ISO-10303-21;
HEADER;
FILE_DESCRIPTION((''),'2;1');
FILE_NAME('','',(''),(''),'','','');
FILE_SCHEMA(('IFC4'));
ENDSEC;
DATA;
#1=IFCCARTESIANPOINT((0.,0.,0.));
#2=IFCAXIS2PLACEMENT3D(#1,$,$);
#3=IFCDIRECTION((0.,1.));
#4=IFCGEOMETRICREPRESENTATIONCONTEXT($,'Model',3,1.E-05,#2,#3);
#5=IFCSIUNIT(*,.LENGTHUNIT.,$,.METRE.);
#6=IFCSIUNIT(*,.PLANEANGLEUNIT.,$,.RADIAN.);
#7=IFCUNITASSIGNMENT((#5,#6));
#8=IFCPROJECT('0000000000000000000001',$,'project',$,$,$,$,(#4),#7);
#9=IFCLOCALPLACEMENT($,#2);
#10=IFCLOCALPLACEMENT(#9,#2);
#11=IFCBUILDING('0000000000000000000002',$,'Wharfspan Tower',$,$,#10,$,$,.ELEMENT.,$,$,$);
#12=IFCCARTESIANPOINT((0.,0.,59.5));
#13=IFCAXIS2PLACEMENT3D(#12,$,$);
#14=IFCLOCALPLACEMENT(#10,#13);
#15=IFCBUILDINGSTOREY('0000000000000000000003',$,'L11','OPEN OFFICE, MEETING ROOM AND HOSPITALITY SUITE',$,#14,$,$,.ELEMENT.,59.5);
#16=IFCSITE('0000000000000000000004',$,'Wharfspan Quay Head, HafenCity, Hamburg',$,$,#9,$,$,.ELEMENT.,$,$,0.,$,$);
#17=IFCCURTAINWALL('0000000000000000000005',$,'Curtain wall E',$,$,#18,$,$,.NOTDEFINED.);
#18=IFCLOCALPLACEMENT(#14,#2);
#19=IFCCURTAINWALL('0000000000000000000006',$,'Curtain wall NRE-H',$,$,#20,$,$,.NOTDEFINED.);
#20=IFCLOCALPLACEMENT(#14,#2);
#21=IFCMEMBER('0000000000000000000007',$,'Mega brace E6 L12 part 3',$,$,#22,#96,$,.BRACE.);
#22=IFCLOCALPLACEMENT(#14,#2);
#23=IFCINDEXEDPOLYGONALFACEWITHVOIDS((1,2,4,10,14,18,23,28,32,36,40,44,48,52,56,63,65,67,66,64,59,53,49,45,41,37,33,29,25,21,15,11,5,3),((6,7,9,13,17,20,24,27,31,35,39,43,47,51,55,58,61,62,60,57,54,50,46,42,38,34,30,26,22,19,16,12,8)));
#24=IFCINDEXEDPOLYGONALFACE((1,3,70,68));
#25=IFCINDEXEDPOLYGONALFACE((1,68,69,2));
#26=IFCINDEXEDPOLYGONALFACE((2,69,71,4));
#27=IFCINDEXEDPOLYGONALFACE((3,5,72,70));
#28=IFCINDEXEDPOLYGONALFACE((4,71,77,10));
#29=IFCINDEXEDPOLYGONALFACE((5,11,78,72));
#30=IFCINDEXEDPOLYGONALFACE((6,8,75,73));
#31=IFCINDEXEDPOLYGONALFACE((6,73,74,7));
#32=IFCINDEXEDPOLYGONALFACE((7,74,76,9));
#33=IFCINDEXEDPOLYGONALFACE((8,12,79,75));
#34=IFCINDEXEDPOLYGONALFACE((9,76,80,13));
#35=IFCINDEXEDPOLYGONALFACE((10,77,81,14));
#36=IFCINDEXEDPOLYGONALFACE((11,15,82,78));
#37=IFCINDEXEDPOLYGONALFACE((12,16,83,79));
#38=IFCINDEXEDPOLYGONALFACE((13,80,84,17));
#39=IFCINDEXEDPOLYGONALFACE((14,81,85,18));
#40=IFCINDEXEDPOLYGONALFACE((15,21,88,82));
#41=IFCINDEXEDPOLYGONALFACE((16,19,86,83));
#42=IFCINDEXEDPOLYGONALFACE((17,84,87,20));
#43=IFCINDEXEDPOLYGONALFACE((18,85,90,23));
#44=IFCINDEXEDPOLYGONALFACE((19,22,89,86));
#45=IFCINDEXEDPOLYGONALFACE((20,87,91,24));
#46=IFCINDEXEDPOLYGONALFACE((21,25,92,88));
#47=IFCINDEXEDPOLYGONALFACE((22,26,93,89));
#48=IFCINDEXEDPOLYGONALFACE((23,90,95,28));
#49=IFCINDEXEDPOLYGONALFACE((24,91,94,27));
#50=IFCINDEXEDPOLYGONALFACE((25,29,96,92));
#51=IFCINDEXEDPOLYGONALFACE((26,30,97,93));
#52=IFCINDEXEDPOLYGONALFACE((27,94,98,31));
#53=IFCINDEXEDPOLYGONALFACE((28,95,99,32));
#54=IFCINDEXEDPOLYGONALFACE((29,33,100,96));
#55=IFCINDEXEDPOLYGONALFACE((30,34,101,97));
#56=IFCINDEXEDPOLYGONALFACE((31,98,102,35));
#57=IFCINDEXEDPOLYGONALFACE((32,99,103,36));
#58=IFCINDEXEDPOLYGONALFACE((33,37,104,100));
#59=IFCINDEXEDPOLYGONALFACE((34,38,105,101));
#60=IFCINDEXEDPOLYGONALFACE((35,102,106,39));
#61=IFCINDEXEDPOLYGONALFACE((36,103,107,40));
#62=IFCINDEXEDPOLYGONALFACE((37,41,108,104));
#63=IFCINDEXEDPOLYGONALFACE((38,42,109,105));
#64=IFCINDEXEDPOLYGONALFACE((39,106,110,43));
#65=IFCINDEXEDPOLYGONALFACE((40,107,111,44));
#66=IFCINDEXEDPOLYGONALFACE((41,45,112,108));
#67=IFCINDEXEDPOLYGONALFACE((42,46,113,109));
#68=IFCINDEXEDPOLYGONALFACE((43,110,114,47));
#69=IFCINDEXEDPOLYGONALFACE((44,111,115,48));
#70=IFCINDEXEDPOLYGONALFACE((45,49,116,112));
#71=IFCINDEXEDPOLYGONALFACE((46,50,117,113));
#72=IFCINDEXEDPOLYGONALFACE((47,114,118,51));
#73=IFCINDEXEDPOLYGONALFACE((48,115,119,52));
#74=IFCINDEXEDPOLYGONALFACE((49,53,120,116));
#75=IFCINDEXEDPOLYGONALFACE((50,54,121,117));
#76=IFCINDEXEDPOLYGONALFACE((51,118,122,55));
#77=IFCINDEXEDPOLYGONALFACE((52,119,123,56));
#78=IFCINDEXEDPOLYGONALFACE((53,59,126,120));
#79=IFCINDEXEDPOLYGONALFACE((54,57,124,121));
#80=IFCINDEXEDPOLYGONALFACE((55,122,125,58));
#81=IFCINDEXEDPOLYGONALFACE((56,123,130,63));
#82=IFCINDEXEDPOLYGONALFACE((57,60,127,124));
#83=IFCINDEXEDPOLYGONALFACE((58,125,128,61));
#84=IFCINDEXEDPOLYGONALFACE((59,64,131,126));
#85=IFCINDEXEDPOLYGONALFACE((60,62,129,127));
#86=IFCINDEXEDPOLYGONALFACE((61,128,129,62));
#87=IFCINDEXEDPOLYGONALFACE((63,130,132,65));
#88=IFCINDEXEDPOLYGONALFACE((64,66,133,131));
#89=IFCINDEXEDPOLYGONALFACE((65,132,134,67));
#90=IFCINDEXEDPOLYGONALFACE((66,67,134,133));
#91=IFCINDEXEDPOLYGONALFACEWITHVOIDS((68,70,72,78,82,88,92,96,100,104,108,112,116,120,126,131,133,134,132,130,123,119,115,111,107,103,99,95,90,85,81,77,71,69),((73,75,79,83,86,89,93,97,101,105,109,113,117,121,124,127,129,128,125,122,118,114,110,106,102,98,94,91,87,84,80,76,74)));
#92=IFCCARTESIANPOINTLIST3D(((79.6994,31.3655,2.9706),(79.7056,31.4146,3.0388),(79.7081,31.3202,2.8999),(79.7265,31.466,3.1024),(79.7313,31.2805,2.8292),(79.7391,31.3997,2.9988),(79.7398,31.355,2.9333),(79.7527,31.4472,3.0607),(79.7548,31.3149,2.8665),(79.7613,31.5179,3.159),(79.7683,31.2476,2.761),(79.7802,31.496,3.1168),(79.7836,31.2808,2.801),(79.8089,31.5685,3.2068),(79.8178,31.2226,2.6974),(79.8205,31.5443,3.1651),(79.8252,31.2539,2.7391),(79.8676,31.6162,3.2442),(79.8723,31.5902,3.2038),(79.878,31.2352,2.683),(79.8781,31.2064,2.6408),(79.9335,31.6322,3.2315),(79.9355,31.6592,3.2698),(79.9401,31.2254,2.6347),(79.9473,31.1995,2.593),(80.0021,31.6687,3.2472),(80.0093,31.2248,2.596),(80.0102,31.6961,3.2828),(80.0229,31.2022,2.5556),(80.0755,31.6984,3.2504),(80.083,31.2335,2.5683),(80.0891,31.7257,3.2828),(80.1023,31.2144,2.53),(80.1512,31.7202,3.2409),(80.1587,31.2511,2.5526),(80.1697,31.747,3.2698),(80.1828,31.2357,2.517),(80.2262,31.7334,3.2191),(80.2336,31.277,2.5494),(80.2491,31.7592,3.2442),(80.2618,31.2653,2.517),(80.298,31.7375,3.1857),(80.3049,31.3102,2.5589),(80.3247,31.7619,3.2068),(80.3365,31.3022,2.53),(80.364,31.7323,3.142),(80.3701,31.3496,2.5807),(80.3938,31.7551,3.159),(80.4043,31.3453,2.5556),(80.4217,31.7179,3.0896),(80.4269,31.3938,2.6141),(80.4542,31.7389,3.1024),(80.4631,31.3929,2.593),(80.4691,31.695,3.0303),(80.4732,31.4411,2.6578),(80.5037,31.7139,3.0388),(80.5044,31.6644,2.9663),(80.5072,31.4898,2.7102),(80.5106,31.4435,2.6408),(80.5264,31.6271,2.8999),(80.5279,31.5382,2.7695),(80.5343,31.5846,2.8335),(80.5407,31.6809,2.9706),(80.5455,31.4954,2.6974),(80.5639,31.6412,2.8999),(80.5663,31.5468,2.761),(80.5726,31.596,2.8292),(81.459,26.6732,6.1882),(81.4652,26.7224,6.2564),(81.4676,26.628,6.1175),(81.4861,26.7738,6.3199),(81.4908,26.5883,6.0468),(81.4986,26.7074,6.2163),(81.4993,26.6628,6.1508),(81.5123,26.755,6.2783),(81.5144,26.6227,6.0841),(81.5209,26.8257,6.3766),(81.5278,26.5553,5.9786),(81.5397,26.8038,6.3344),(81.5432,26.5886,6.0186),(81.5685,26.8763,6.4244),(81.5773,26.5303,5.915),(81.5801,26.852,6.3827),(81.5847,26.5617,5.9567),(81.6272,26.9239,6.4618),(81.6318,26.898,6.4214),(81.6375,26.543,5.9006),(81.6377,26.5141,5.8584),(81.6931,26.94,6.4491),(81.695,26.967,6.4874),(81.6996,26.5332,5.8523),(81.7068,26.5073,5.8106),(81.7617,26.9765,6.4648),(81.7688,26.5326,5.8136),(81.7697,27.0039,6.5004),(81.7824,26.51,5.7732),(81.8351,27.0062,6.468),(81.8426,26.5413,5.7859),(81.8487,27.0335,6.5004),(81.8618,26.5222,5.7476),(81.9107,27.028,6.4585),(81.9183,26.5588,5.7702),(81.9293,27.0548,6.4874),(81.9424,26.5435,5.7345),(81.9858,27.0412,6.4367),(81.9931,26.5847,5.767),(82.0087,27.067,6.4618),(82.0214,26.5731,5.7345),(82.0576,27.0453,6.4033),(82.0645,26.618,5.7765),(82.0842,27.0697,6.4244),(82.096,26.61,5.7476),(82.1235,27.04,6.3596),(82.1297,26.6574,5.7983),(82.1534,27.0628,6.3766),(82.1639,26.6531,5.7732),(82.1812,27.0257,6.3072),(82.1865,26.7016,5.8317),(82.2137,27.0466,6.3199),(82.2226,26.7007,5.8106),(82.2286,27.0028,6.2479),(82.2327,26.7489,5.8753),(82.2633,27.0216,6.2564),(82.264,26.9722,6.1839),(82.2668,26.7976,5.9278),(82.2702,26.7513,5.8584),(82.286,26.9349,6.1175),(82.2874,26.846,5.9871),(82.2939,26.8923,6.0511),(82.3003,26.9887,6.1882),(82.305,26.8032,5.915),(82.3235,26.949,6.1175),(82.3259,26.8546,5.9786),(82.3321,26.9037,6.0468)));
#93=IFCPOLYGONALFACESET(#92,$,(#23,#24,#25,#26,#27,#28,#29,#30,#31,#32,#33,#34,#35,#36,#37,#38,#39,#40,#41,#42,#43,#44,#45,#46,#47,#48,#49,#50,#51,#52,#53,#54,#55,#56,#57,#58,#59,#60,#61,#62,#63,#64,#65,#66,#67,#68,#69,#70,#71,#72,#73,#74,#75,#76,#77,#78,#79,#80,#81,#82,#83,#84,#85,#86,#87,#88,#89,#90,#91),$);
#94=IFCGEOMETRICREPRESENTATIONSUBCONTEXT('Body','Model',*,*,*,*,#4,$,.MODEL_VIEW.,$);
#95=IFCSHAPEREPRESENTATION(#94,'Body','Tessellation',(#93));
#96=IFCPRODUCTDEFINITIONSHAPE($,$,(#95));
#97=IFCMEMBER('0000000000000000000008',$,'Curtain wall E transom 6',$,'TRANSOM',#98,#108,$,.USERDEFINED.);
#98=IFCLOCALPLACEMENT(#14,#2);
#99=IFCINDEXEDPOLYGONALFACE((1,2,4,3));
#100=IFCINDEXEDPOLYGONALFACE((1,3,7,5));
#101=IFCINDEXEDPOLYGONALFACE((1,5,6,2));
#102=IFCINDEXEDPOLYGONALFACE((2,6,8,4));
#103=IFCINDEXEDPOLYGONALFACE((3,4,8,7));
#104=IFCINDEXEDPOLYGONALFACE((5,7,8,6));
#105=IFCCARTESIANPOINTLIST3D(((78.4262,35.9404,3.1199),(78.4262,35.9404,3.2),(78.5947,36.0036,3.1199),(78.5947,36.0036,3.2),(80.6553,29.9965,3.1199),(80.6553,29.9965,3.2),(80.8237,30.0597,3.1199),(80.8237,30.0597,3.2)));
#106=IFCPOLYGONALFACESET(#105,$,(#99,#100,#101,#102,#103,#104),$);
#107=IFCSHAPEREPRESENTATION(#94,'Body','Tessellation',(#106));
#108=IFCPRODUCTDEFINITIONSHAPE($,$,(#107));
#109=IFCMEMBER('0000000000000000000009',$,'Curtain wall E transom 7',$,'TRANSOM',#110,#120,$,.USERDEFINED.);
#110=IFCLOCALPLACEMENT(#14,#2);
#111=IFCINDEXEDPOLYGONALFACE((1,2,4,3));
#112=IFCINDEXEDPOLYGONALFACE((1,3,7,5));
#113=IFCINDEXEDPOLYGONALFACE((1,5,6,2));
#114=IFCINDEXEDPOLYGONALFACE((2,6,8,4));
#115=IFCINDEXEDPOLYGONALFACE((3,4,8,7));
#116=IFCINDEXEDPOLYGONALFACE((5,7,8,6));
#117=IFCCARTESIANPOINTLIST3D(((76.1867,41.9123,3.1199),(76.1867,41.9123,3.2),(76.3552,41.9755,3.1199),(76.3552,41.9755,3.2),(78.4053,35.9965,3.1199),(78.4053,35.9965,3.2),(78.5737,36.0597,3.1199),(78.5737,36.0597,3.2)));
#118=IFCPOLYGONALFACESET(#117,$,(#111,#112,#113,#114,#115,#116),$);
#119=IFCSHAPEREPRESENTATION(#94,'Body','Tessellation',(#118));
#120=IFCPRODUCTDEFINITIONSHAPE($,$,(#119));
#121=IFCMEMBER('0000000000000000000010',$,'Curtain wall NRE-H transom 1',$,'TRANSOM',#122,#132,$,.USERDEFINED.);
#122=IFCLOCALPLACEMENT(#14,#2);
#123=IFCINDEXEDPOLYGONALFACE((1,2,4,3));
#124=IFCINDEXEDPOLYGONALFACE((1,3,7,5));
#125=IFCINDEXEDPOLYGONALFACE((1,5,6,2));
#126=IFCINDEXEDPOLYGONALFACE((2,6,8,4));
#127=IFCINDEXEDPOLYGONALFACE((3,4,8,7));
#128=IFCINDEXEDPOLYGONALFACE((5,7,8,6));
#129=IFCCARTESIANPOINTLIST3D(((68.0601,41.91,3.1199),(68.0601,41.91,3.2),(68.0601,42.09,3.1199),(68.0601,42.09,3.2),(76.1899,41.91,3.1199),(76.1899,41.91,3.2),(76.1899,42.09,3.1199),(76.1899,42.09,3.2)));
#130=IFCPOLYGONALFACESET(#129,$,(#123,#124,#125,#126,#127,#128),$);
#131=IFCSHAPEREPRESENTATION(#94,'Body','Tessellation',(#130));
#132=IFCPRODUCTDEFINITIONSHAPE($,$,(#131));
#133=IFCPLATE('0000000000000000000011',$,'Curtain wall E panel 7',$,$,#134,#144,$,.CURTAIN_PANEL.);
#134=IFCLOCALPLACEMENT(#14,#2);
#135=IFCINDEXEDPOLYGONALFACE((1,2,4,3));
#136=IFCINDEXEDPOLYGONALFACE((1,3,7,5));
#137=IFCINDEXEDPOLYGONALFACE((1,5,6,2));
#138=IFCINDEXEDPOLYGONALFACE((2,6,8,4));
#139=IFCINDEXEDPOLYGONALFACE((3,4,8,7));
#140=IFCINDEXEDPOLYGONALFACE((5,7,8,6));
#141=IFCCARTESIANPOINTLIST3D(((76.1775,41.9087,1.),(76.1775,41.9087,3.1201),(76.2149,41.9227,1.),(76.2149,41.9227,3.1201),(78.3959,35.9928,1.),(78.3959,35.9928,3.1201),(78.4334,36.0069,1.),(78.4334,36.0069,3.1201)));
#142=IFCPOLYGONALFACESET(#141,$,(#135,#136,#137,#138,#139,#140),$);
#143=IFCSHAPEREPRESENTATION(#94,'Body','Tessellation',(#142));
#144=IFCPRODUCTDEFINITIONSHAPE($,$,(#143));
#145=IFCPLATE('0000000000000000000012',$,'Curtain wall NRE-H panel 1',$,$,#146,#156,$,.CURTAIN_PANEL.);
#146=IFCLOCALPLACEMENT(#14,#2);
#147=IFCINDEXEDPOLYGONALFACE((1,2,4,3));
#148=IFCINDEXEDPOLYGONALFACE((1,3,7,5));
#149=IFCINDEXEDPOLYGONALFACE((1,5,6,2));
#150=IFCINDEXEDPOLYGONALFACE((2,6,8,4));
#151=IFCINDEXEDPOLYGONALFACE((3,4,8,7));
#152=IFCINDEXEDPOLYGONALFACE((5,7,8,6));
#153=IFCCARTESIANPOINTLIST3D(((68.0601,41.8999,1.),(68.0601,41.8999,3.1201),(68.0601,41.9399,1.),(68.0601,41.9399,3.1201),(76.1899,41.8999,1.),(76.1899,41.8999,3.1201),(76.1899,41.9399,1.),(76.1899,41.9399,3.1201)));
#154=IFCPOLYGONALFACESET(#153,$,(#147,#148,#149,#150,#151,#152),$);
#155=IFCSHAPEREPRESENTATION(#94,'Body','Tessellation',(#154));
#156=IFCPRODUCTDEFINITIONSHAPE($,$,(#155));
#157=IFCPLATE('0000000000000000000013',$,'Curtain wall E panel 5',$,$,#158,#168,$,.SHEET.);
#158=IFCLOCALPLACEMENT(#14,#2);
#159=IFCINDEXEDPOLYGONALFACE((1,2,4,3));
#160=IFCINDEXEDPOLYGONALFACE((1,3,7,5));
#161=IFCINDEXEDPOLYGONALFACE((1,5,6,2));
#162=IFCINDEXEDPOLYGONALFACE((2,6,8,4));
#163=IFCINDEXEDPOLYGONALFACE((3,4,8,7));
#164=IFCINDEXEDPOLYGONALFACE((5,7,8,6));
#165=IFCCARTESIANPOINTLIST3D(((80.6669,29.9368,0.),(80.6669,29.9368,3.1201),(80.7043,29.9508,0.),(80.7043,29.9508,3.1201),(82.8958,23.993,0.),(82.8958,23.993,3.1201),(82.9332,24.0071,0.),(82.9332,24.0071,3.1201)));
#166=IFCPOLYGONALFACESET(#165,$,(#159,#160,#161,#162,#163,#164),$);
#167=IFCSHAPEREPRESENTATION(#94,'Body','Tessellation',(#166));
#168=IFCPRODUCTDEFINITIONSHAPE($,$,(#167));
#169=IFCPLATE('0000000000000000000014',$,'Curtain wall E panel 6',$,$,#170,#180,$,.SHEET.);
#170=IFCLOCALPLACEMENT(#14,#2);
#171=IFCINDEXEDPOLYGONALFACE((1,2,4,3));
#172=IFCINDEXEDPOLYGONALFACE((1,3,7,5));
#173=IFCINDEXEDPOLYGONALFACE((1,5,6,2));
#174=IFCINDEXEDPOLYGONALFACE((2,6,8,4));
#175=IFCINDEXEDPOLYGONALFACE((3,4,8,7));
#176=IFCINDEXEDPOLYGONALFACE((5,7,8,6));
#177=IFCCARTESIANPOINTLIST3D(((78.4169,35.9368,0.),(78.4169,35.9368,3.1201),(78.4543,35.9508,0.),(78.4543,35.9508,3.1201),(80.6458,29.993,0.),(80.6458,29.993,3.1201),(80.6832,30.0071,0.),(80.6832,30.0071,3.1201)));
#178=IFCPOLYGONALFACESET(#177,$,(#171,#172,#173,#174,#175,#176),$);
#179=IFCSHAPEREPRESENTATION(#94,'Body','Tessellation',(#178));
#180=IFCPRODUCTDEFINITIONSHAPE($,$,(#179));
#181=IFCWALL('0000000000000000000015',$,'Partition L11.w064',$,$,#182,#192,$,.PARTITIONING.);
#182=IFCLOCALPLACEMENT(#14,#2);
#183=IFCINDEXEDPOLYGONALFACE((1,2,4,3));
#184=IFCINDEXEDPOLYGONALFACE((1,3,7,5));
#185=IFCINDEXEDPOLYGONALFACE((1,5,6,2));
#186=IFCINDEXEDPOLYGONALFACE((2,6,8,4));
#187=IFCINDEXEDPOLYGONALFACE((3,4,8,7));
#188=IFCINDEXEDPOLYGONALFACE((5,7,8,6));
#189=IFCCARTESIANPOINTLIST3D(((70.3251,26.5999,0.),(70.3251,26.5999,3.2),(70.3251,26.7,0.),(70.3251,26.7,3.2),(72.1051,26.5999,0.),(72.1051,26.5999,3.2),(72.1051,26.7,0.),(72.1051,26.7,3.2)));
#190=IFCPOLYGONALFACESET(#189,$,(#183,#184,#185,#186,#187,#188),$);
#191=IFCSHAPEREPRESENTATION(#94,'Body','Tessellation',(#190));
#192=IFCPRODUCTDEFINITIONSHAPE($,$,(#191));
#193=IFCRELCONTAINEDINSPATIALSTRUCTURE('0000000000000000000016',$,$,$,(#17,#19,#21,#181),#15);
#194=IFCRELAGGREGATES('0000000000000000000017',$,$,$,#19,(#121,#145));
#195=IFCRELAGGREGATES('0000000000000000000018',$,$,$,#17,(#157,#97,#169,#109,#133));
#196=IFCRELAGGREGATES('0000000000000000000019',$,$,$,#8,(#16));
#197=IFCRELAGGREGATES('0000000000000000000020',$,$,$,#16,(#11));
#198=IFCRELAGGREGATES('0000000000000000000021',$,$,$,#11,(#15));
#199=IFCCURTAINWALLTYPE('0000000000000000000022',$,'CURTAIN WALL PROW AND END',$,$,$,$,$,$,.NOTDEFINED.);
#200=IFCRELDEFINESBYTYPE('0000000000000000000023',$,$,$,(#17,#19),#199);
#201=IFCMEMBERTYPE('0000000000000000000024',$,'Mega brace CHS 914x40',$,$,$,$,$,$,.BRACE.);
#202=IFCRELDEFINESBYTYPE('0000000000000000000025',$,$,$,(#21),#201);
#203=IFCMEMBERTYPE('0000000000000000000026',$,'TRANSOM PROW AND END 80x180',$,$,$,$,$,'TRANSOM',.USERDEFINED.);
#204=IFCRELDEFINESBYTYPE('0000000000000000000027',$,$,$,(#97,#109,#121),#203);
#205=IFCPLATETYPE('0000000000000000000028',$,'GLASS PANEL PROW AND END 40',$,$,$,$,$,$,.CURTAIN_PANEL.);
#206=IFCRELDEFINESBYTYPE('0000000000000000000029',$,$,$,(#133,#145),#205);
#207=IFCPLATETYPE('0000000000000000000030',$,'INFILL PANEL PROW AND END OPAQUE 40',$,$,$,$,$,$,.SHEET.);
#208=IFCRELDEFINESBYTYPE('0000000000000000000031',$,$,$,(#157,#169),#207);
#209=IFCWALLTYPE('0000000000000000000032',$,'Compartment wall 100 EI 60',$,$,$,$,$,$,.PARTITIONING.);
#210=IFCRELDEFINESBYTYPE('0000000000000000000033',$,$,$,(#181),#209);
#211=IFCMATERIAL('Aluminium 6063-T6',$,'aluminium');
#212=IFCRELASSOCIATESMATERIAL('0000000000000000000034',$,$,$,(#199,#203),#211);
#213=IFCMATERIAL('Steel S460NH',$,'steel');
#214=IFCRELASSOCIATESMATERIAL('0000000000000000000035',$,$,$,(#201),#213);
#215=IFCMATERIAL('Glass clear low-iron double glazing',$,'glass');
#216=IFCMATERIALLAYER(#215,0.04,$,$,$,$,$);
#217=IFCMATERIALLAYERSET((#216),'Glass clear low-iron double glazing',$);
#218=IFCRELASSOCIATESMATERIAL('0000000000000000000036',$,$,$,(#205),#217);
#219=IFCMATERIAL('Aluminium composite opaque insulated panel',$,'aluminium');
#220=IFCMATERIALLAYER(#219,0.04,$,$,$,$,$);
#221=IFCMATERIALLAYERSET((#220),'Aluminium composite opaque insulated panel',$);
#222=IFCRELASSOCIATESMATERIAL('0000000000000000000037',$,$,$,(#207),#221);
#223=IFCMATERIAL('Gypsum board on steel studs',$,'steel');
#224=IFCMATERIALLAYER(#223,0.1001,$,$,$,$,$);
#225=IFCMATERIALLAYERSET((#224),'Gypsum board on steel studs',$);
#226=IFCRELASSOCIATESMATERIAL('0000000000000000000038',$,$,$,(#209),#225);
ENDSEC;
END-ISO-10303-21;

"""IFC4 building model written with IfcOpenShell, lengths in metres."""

from ifc_helpers import new_model, si_unit, direction, frame, frame_2d, origin, origin_2d, place, context, subcontext, project, spatial, rectangle, hollow_circle, extrude, material, layer, layer_set, material_profile, profile_set, type_object, element, aggregate, save


model = new_model("IFC4")

# Units and contexts
model_context = context("Model", 3, precision=1e-05, world=origin(), true_north=direction((0.0, 1.0)))
body_context = subcontext(model_context, "Body", "Model", "MODEL_VIEW")
ifc_project = project(units=[si_unit("LENGTHUNIT", "METRE"), si_unit("PLANEANGLEUNIT", "RADIAN")], contexts=[model_context])

# Site, building, storey
site_placement = place(None, origin())
site = spatial("IfcSite", under=ifc_project, at=site_placement, Name="Wharfspan Quay Head, HafenCity, Hamburg", CompositionType="ELEMENT", RefElevation=0.0)
building_placement = place(site_placement, origin())
building = spatial("IfcBuilding", under=site, at=building_placement, Name="Wharfspan Tower", CompositionType="ELEMENT")
storey_placement = place(building_placement, frame((0.0, 0.0, 59.5)))
storey = spatial("IfcBuildingStorey", under=building, at=storey_placement, Name="L11", Description="OPEN OFFICE, MEETING ROOM AND HOSPITALITY SUITE", CompositionType="ELEMENT", Elevation=59.5)

# Curtain wall
ifc_material_1 = material(Name="Aluminium 6063-T6", Category="aluminium")
curtain_wall_type = type_object("IfcCurtainWallType", Name="CURTAIN WALL PROW AND END", PredefinedType="NOTDEFINED", material=ifc_material_1)
curtain_wall_1_placement = place(storey_placement, origin())
curtain_wall_1 = element("IfcCurtainWall", 1, at=curtain_wall_1_placement, inside=storey, type_object=curtain_wall_type, Name="Curtain wall E", PredefinedType="NOTDEFINED")

# Curtain wall
curtain_wall_2_placement = place(storey_placement, origin())
curtain_wall_2 = element("IfcCurtainWall", 2, at=curtain_wall_2_placement, inside=storey, type_object=curtain_wall_type, Name="Curtain wall NRE-H", PredefinedType="NOTDEFINED")

# Members
ifc_material_2 = material(Name="Steel S460NH", Category="steel")
ifc_material_profile_1 = material_profile(ifc_material_2, hollow_circle(Radius=0.457, WallThickness=0.04, at=origin_2d()))
ifc_profile_set_1 = profile_set([ifc_material_profile_1], Name="Steel S460NH")
member_type_1 = type_object("IfcMemberType", Name="Mega brace CHS 914x40", PredefinedType="BRACE", material=ifc_profile_set_1)
member_1_placement = place(storey_placement, frame((80.136, 31.4807, 2.8999), z_axis=(0.295459, -0.787904, 0.540288), x_axis=(0.936328, 0.351115, -0.000003)))
element("IfcMember", 3, at=member_1_placement, inside=storey, type_object=member_type_1, Name="Mega brace E6 L12 part 3", PredefinedType="BRACE", context=body_context, shape_type="SweptSolid", body=[
    extrude(hollow_circle(Radius=0.457, WallThickness=0.04, at=origin_2d()), origin(), (0.0, 0.0, 1.0), 5.9553),
])
ifc_material_profile_2 = material_profile(ifc_material_1, rectangle(XDim=0.1799, YDim=0.0801, at=origin_2d()))
ifc_profile_set_2 = profile_set([ifc_material_profile_2], Name="Aluminium 6063-T6")
member_type_2 = type_object("IfcMemberType", Name="TRANSOM PROW AND END 80x180", ElementType="TRANSOM", PredefinedType="USERDEFINED", material=ifc_profile_set_2)
member_2_placement = place(storey_placement, frame((80.7395, 30.0281, 3.1599), z_axis=(-0.351132, 0.936326, 0.0), x_axis=(-0.936326, -0.351132, 0.0)))
member_2 = element("IfcMember", 4, at=member_2_placement, type_object=member_type_2, Name="Curtain wall E transom 6", ObjectType="TRANSOM", PredefinedType="USERDEFINED", context=body_context, shape_type="SweptSolid", body=[
    extrude(rectangle(XDim=0.1799, YDim=0.0801, at=origin_2d()), origin(), (0.0, 0.0, 1.0), 6.3481),
])
member_3_placement = place(storey_placement, frame((78.4895, 36.0281, 3.1599), z_axis=(-0.351136, 0.936324, 0.0), x_axis=(-0.936324, -0.351136, 0.0)))
member_3 = element("IfcMember", 5, at=member_3_placement, type_object=member_type_2, Name="Curtain wall E transom 7", ObjectType="TRANSOM", PredefinedType="USERDEFINED", context=body_context, shape_type="SweptSolid", body=[
    extrude(rectangle(XDim=0.1799, YDim=0.0801, at=origin_2d()), origin(), (0.0, 0.0, 1.0), 6.3181),
])
member_4_placement = place(storey_placement, frame((76.1899, 42.0, 3.1599), z_axis=(-1.0, 0.0, 0.0), x_axis=(0.0, -1.0, 0.0)))
member_4 = element("IfcMember", 6, at=member_4_placement, type_object=member_type_2, Name="Curtain wall NRE-H transom 1", ObjectType="TRANSOM", PredefinedType="USERDEFINED", context=body_context, shape_type="SweptSolid", body=[
    extrude(rectangle(XDim=0.1799, YDim=0.0801, at=origin_2d()), origin(), (0.0, 0.0, 1.0), 8.1299),
])

# Plates
ifc_material_3 = material(Name="Glass clear low-iron double glazing", Category="glass")
ifc_layer_1 = layer(ifc_material_3, 0.04)
ifc_layer_set_1 = layer_set([ifc_layer_1], Name="Glass clear low-iron double glazing")
plate_type_1 = type_object("IfcPlateType", Name="GLASS PANEL PROW AND END 40", PredefinedType="CURTAIN_PANEL", material=ifc_layer_set_1)
plate_1_placement = place(storey_placement, frame((77.3054, 38.9578, 1.0), z_axis=(0.0, 0.0, 1.0), x_axis=(-0.351123, 0.936328, 0.0)))
plate_1 = element("IfcPlate", 7, at=plate_1_placement, type_object=plate_type_1, Name="Curtain wall E panel 7", PredefinedType="CURTAIN_PANEL", context=body_context, shape_type="SweptSolid", body=[
    extrude(rectangle(XDim=6.3181, YDim=0.04, at=origin_2d()), origin(), (0.0, 0.0, 1.0), 2.1201),
])
plate_2_placement = place(storey_placement, frame((72.125, 41.9199, 1.0), z_axis=(0.0, 0.0, 1.0), x_axis=(-1.0, 0.0, 0.0)))
plate_2 = element("IfcPlate", 8, at=plate_2_placement, type_object=plate_type_1, Name="Curtain wall NRE-H panel 1", PredefinedType="CURTAIN_PANEL", context=body_context, shape_type="SweptSolid", body=[
    extrude(rectangle(XDim=8.1299, YDim=0.04, at=origin_2d()), origin(), (0.0, 0.0, 1.0), 2.1201),
])
aggregate(curtain_wall_2, [member_4, plate_2])
ifc_material_4 = material(Name="Aluminium composite opaque insulated panel", Category="aluminium")
ifc_layer_2 = layer(ifc_material_4, 0.04)
ifc_layer_set_2 = layer_set([ifc_layer_2], Name="Aluminium composite opaque insulated panel")
plate_type_2 = type_object("IfcPlateType", Name="INFILL PANEL PROW AND END OPAQUE 40", PredefinedType="SHEET", material=ifc_layer_set_2)
plate_3_placement = place(storey_placement, frame((81.8, 26.9719, 0.0), z_axis=(0.0, 0.0, 1.0), x_axis=(-0.351123, 0.936328, 0.0)))
plate_3 = element("IfcPlate", 9, at=plate_3_placement, type_object=plate_type_2, Name="Curtain wall E panel 5", PredefinedType="SHEET", context=body_context, shape_type="SweptSolid", body=[
    extrude(rectangle(XDim=6.3479, YDim=0.04, at=origin_2d()), origin(), (0.0, 0.0, 1.0), 3.1201),
])
plate_4_placement = place(storey_placement, frame((79.55, 32.9719, 0.0), z_axis=(0.0, 0.0, 1.0), x_axis=(-0.351123, 0.936328, 0.0)))
plate_4 = element("IfcPlate", 10, at=plate_4_placement, type_object=plate_type_2, Name="Curtain wall E panel 6", PredefinedType="SHEET", context=body_context, shape_type="SweptSolid", body=[
    extrude(rectangle(XDim=6.3479, YDim=0.04, at=origin_2d()), origin(), (0.0, 0.0, 1.0), 3.1201),
])
aggregate(curtain_wall_1, [plate_3, member_2, plate_4, member_3, plate_1])

# Wall
ifc_material_5 = material(Name="Gypsum board on steel studs", Category="steel")
ifc_layer_3 = layer(ifc_material_5, 0.1001)
ifc_layer_set_3 = layer_set([ifc_layer_3], Name="Gypsum board on steel studs")
wall_type_1 = type_object("IfcWallType", Name="Compartment wall 100 EI 60", PredefinedType="PARTITIONING", material=ifc_layer_set_3)
wall_1_placement = place(storey_placement, frame((70.325, 26.6499, 0.0), z_axis=(0.0, 0.0, 1.0), x_axis=(1.0, 0.0, 0.0)))
element("IfcWall", 11, at=wall_1_placement, inside=storey, type_object=wall_type_1, Name="Partition L11.w064", PredefinedType="PARTITIONING", context=body_context, shape_type="SweptSolid", body=[
    extrude(rectangle(XDim=1.78, YDim=0.1001, at=frame_2d((0.8901, 0.0))), origin(), (0.0, 0.0, 1.0), 3.2),
])

save(model, "model.ifc")
